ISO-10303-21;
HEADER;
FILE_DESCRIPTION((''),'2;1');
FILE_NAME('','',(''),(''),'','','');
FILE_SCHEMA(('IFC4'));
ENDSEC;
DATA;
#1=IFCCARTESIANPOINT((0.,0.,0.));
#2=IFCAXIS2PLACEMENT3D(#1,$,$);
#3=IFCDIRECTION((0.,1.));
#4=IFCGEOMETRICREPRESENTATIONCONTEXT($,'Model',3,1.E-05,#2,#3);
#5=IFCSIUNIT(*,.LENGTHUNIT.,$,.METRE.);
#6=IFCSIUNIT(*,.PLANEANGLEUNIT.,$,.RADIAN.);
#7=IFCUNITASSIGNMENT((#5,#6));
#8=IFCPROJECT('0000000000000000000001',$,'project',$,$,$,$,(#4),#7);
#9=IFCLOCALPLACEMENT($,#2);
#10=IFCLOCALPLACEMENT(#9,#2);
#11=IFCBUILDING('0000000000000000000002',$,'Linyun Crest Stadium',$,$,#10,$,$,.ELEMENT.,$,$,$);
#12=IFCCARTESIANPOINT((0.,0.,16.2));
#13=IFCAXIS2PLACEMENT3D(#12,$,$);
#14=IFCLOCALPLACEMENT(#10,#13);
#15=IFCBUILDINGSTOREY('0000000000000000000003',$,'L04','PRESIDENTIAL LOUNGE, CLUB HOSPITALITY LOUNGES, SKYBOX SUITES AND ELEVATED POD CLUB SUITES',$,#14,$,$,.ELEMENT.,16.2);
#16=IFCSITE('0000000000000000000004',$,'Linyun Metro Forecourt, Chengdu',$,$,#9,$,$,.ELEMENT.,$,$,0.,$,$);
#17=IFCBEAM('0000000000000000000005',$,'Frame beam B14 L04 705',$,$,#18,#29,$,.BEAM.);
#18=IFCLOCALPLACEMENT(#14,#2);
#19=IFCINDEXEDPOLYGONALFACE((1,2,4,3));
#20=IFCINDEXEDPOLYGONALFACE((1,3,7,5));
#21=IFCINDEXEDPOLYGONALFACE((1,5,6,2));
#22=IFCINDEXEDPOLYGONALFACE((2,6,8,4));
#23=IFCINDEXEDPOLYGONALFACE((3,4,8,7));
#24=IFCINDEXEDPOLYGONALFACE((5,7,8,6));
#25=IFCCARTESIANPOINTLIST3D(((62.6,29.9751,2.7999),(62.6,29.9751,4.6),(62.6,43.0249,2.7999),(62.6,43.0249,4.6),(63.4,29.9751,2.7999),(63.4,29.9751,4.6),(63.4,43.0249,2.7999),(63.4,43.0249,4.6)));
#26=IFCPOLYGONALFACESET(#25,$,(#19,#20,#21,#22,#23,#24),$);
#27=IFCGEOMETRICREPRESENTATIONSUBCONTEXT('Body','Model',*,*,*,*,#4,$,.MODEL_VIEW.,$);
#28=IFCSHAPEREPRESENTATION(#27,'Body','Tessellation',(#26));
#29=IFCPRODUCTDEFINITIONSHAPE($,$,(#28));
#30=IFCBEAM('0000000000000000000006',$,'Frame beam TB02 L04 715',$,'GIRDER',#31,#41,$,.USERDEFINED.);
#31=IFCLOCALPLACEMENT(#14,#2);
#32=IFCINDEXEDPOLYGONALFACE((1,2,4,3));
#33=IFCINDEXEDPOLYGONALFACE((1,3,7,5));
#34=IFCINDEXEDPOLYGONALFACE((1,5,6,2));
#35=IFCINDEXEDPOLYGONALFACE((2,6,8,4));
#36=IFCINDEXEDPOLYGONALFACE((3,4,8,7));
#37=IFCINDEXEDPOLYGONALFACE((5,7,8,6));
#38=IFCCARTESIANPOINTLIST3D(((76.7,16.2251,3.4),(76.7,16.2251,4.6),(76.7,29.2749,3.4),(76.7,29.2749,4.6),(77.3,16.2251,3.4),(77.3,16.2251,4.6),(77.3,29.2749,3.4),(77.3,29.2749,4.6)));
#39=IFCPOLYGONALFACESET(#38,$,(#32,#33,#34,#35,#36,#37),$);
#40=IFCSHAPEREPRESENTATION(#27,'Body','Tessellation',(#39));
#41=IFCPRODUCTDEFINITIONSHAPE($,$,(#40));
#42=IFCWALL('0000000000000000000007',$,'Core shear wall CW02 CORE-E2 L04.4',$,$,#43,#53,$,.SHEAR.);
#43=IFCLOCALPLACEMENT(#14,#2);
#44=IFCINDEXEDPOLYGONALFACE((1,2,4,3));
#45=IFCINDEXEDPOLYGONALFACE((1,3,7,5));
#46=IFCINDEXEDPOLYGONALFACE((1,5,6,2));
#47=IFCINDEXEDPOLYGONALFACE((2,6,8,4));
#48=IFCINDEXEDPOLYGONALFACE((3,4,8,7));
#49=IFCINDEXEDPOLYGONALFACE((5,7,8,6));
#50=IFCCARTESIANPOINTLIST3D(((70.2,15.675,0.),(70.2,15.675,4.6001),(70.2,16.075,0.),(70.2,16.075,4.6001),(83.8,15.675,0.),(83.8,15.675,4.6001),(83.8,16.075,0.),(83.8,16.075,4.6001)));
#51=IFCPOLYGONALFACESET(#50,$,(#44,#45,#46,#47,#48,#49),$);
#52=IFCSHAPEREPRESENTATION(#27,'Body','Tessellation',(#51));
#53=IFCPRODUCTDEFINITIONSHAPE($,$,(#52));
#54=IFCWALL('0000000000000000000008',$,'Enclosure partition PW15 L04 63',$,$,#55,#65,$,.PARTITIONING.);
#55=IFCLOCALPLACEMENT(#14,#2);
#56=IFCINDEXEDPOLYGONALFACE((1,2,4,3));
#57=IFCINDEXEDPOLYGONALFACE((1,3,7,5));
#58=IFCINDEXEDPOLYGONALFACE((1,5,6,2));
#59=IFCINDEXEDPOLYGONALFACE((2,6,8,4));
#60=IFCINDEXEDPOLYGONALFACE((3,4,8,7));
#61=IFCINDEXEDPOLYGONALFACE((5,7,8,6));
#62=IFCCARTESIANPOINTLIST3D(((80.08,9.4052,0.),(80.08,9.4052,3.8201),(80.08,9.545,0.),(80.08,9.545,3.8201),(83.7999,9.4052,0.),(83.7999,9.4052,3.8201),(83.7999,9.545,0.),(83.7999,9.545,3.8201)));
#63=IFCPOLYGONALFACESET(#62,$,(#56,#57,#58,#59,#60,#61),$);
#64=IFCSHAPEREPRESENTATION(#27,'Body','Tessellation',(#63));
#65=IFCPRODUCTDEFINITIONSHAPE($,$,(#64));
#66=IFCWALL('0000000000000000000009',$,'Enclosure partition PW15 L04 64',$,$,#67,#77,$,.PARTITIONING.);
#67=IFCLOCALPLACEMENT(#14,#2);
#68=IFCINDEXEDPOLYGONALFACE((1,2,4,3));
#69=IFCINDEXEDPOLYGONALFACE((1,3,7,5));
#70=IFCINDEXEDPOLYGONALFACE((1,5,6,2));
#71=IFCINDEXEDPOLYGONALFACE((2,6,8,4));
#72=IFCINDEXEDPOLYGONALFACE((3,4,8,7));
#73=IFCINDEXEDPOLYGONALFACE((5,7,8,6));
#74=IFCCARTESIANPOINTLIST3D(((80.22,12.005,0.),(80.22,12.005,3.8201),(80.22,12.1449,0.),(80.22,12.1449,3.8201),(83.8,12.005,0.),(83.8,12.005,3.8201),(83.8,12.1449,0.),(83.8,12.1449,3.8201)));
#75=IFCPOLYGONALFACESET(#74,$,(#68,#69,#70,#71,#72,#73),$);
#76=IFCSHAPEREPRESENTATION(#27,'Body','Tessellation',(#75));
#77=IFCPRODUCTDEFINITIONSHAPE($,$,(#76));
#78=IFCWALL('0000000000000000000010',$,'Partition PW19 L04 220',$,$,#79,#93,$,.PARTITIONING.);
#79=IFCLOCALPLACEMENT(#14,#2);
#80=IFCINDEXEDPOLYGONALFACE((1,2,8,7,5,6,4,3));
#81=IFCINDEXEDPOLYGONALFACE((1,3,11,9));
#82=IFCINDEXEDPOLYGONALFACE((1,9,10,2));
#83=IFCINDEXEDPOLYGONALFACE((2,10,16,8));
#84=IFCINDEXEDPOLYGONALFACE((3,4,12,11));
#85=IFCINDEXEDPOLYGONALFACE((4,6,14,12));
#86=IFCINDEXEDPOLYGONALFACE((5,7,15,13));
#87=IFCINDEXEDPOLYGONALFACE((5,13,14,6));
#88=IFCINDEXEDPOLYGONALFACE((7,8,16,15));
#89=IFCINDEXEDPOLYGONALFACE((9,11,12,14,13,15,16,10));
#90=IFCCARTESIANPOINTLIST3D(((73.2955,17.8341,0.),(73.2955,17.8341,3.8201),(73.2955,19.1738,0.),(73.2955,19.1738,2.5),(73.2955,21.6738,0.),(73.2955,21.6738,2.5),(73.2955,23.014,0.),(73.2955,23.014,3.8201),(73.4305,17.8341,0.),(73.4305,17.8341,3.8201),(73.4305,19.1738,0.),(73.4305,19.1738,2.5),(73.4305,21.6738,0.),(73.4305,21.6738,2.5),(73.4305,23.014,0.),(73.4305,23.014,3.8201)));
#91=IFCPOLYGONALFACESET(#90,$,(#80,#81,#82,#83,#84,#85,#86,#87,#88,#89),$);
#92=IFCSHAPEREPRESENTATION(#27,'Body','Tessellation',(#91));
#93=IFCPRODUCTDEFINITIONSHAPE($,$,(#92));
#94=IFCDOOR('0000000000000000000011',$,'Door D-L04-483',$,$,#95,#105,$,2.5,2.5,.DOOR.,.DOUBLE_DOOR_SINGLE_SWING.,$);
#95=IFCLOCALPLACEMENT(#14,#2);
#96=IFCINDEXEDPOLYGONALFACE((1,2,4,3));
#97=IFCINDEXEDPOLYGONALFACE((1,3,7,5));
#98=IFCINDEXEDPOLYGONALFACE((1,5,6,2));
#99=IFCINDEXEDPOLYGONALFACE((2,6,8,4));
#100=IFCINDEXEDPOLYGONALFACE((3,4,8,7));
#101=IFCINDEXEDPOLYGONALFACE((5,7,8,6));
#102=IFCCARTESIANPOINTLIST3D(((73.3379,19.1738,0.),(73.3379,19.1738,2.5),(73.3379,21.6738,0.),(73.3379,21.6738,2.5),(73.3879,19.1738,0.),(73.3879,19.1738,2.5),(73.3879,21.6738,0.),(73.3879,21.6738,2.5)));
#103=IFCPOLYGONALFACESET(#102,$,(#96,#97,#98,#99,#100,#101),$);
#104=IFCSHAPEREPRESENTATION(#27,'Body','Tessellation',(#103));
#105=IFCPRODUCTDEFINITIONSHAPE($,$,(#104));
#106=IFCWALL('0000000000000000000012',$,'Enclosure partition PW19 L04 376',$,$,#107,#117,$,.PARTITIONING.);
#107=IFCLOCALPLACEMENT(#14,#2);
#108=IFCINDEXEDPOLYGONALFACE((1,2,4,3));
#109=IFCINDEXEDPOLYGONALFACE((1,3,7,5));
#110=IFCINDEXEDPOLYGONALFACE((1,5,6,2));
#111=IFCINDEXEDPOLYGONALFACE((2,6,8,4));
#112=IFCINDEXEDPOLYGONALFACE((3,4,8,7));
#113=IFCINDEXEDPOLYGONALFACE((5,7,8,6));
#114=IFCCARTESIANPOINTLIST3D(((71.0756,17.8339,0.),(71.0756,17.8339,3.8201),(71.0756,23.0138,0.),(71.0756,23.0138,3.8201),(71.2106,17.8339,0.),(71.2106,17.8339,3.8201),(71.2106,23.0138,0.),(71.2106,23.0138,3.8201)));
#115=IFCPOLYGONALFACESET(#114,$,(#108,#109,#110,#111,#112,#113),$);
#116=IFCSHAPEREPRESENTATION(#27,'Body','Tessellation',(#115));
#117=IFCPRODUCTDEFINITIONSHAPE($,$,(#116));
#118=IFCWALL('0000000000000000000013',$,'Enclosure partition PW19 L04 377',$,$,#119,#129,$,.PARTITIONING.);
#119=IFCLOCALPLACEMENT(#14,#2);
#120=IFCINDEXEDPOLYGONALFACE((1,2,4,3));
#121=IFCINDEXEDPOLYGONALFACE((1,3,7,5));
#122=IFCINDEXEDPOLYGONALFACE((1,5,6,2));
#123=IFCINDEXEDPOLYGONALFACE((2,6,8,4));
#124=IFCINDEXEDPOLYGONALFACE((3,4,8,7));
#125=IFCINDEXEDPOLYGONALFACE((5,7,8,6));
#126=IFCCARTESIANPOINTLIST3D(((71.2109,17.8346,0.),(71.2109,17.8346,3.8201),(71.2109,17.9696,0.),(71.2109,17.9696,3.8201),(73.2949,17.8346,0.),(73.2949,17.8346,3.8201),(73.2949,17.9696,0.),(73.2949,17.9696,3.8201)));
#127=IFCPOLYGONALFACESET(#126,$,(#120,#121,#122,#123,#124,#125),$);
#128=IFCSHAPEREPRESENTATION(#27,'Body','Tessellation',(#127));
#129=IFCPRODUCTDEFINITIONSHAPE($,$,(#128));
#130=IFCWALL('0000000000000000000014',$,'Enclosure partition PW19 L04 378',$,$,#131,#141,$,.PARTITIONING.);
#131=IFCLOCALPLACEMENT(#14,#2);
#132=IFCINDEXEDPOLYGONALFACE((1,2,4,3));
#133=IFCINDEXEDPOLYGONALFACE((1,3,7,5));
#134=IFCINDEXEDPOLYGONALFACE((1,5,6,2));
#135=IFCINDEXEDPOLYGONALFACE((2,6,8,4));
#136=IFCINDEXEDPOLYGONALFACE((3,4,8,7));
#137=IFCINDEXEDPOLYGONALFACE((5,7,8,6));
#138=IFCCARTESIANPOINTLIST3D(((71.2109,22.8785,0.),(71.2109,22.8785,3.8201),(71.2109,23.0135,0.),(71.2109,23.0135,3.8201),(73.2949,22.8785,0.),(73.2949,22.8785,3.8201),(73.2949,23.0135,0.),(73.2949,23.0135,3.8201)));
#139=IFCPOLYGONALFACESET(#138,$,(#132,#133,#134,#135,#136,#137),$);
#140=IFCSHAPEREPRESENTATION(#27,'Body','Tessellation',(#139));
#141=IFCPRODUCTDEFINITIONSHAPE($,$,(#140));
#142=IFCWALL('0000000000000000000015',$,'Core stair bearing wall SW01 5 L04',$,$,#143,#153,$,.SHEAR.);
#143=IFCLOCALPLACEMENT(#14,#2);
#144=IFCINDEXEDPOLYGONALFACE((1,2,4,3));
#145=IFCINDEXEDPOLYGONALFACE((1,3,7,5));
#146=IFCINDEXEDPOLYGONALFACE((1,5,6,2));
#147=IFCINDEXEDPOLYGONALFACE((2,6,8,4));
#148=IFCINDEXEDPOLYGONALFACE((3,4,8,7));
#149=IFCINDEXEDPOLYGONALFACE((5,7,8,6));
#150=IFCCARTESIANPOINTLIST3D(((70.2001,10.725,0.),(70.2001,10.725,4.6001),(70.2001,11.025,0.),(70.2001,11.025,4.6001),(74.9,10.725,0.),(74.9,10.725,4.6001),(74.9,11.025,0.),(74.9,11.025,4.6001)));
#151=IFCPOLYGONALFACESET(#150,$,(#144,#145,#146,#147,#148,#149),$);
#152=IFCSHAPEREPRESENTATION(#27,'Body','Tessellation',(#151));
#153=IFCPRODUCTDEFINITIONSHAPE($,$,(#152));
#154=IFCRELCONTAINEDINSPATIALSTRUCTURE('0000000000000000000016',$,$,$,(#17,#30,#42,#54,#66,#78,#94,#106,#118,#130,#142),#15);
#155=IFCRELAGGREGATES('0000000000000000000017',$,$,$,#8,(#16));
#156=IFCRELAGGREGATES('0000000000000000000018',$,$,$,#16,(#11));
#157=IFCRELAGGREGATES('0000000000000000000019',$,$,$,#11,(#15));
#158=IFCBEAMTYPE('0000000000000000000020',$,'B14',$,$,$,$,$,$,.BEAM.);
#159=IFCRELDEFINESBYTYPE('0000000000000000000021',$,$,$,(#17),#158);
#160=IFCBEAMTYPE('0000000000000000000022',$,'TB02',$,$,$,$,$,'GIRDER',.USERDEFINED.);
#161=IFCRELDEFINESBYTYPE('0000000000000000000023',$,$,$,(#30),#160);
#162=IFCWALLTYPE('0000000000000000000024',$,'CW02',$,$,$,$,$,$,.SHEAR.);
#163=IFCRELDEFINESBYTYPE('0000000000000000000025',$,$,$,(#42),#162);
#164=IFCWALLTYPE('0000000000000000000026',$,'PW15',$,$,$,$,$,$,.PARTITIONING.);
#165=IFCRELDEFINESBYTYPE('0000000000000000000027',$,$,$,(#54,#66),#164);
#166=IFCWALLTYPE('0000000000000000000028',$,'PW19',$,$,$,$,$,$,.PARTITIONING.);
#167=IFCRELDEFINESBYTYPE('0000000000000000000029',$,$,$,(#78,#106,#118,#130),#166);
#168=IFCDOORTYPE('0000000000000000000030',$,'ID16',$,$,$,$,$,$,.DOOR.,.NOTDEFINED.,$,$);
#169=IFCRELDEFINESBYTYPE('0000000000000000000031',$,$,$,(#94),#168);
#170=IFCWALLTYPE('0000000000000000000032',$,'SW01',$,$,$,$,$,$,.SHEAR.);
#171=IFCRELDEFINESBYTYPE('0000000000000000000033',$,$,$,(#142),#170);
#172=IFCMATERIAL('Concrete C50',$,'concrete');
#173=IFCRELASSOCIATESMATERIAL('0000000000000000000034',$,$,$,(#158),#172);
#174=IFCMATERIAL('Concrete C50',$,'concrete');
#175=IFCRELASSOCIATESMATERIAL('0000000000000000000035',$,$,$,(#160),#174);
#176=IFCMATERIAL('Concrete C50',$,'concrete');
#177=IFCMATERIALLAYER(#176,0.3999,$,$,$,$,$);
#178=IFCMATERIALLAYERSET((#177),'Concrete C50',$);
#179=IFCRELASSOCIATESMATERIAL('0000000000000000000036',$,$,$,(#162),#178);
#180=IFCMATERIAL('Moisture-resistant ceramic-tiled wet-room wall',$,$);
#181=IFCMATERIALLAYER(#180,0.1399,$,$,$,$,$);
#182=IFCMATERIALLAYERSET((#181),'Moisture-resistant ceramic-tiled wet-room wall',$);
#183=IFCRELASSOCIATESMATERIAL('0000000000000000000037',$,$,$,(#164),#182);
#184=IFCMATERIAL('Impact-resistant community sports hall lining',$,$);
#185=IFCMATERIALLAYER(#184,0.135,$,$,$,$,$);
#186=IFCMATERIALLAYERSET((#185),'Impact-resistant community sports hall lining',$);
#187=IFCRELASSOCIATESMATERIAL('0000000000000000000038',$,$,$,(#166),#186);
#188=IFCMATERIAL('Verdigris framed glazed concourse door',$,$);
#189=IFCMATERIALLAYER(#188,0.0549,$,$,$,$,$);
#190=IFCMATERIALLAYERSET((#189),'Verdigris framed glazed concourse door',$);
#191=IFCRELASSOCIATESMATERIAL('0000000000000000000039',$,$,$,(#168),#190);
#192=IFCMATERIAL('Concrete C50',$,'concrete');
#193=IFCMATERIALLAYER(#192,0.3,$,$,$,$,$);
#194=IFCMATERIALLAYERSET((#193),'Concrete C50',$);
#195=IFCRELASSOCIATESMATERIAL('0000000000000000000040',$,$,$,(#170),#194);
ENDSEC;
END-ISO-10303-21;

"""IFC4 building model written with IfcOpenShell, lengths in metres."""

from ifc_helpers import new_model, si_unit, direction, frame, frame_2d, origin, origin_2d, place, context, subcontext, project, spatial, rectangle, extrude, material, layer, layer_set, material_profile, profile_set, type_object, element, fill, save


model = new_model("IFC4")

# Units and contexts
model_context = context("Model", 3, precision=1e-05, world=origin(), true_north=direction((0.0, 1.0)))
body_context = subcontext(model_context, "Body", "Model", "MODEL_VIEW")
ifc_project = project(units=[si_unit("LENGTHUNIT", "METRE"), si_unit("PLANEANGLEUNIT", "RADIAN")], contexts=[model_context])

# Site, building, storey
site_placement = place(None, origin())
site = spatial("IfcSite", under=ifc_project, at=site_placement, Name="Linyun Metro Forecourt, Chengdu", CompositionType="ELEMENT", RefElevation=0.0)
building_placement = place(site_placement, origin())
building = spatial("IfcBuilding", under=site, at=building_placement, Name="Linyun Crest Stadium", CompositionType="ELEMENT")
storey_placement = place(building_placement, frame((0.0, 0.0, 16.2)))
storey = spatial("IfcBuildingStorey", under=building, at=storey_placement, Name="L04", Description="PRESIDENTIAL LOUNGE, CLUB HOSPITALITY LOUNGES, SKYBOX SUITES AND ELEVATED POD CLUB SUITES", CompositionType="ELEMENT", Elevation=16.2)

# Beams
ifc_material_1 = material(Name="Concrete C50", Category="concrete")
ifc_material_profile_1 = material_profile(ifc_material_1, rectangle(XDim=0.8, YDim=1.8, at=origin_2d()), Name="RCB 1800x800")
ifc_profile_set_1 = profile_set([ifc_material_profile_1], Name="Concrete C50")
beam_type_1 = type_object("IfcBeamType", Name="B14", PredefinedType="BEAM", material=ifc_profile_set_1)
beam_1_placement = place(storey_placement, frame((63.0, 29.9751, 3.7), z_axis=(0.0, 1.0, 0.0), x_axis=(-1.0, 0.0, 0.0)))
element("IfcBeam", 1, at=beam_1_placement, inside=storey, type_object=beam_type_1, Name="Frame beam B14 L04 705", PredefinedType="BEAM", context=body_context, shape_type="SweptSolid", body=[
    extrude(rectangle(XDim=0.8, YDim=1.8, at=origin_2d()), origin(), (0.0, 0.0, 1.0), 13.0498),
])
ifc_material_2 = material(Name="Concrete C50", Category="concrete")
ifc_material_profile_2 = material_profile(ifc_material_2, rectangle(XDim=0.6001, YDim=1.2, at=origin_2d()), Name="RCB 1200x600")
ifc_profile_set_2 = profile_set([ifc_material_profile_2], Name="Concrete C50")
beam_type_2 = type_object("IfcBeamType", Name="TB02", ElementType="GIRDER", PredefinedType="USERDEFINED", material=ifc_profile_set_2)
beam_2_placement = place(storey_placement, frame((77.0, 16.2251, 4.0), z_axis=(0.0, 1.0, 0.0), x_axis=(-1.0, 0.0, 0.0)))
element("IfcBeam", 2, at=beam_2_placement, inside=storey, type_object=beam_type_2, Name="Frame beam TB02 L04 715", ObjectType="GIRDER", PredefinedType="USERDEFINED", context=body_context, shape_type="SweptSolid", body=[
    extrude(rectangle(XDim=0.6001, YDim=1.2, at=origin_2d()), origin(), (0.0, 0.0, 1.0), 13.0498),
])

# Wall
ifc_material_3 = material(Name="Concrete C50", Category="concrete")
ifc_layer_1 = layer(ifc_material_3, 0.3999)
ifc_layer_set_1 = layer_set([ifc_layer_1], Name="Concrete C50")
wall_type_1 = type_object("IfcWallType", Name="CW02", PredefinedType="SHEAR", material=ifc_layer_set_1)
wall_1_placement = place(storey_placement, frame((70.2, 15.875, 0.0), z_axis=(0.0, 0.0, 1.0), x_axis=(1.0, 0.0, 0.0)))
element("IfcWall", 3, at=wall_1_placement, inside=storey, type_object=wall_type_1, Name="Core shear wall CW02 CORE-E2 L04.4", PredefinedType="SHEAR", context=body_context, shape_type="SweptSolid", body=[
    extrude(rectangle(XDim=13.6001, YDim=0.3999, at=frame_2d((6.8, 0.0))), origin(), (0.0, 0.0, 1.0), 4.6001),
])

# Shared definitions
ifc_material_4 = material(Name="Moisture-resistant ceramic-tiled wet-room wall")
ifc_layer_2 = layer(ifc_material_4, 0.1399)
ifc_layer_set_2 = layer_set([ifc_layer_2], Name="Moisture-resistant ceramic-tiled wet-room wall")
wall_type_2 = type_object("IfcWallType", Name="PW15", PredefinedType="PARTITIONING", material=ifc_layer_set_2)

# Walls
wall_2_placement = place(storey_placement, frame((80.0801, 9.4751, 0.0), z_axis=(0.0, 0.0, 1.0), x_axis=(1.0, 0.0, 0.0)))
element("IfcWall", 4, at=wall_2_placement, inside=storey, type_object=wall_type_2, Name="Enclosure partition PW15 L04 63", PredefinedType="PARTITIONING", context=body_context, shape_type="SweptSolid", body=[
    extrude(rectangle(XDim=3.72, YDim=0.1399, at=frame_2d((1.8599, 0.0))), origin(), (0.0, 0.0, 1.0), 3.8201),
])
wall_3_placement = place(storey_placement, frame((80.22, 12.075, 0.0), z_axis=(0.0, 0.0, 1.0), x_axis=(1.0, 0.0, 0.0)))
element("IfcWall", 5, at=wall_3_placement, inside=storey, type_object=wall_type_2, Name="Enclosure partition PW15 L04 64", PredefinedType="PARTITIONING", context=body_context, shape_type="SweptSolid", body=[
    extrude(rectangle(XDim=3.5801, YDim=0.1399, at=frame_2d((1.79, 0.0))), origin(), (0.0, 0.0, 1.0), 3.8201),
])

# Wall, opening, door
ifc_material_5 = material(Name="Impact-resistant community sports hall lining")
ifc_layer_3 = layer(ifc_material_5, 0.135)
ifc_layer_set_3 = layer_set([ifc_layer_3], Name="Impact-resistant community sports hall lining")
wall_type_3 = type_object("IfcWallType", Name="PW19", PredefinedType="PARTITIONING", material=ifc_layer_set_3)
wall_4_placement = place(storey_placement, frame((73.363, 23.0139, 0.0), z_axis=(0.0, 0.0, 1.0), x_axis=(0.0, -1.0, 0.0)))
wall_4 = element("IfcWall", 6, at=wall_4_placement, inside=storey, type_object=wall_type_3, Name="Partition PW19 L04 220", PredefinedType="PARTITIONING", context=body_context, shape_type="SweptSolid", body=[
    extrude(rectangle(XDim=5.1799, YDim=0.135, at=frame_2d((2.5898, 0.0))), origin(), (0.0, 0.0, 1.0), 3.8201),
])
opening_1_placement = place(wall_4_placement, frame((1.3401, 0.0, 0.0)))
opening_1 = element("IfcOpeningElement", 7, at=opening_1_placement, cuts=wall_4, PredefinedType="OPENING", context=body_context, shape_type="SweptSolid", body=[
    extrude(rectangle(XDim=2.5, YDim=2.5, at=frame_2d((1.25, 1.25))), frame((0.0, 0.0774, 0.0), z_axis=(0.0, -1.0, 0.0), x_axis=(1.0, 0.0, 0.0)), (0.0, 0.0, 1.0), 0.155),
])
ifc_material_6 = material(Name="Verdigris framed glazed concourse door")
ifc_layer_4 = layer(ifc_material_6, 0.0549)
ifc_layer_set_4 = layer_set([ifc_layer_4], Name="Verdigris framed glazed concourse door")
door_type_1 = type_object("IfcDoorType", Name="ID16", OperationType="NOTDEFINED", PredefinedType="DOOR", material=ifc_layer_set_4)
door_1_placement = place(opening_1_placement, origin())
door_1 = element("IfcDoor", 8, at=door_1_placement, inside=storey, type_object=door_type_1, Name="Door D-L04-483", OperationType="DOUBLE_DOOR_SINGLE_SWING", OverallHeight=2.5, OverallWidth=2.5, PredefinedType="DOOR", context=body_context, shape_type="SweptSolid", body=[
    extrude(rectangle(XDim=2.5, YDim=2.5, at=frame_2d((1.25, 1.25))), frame((0.0, 0.0249, 0.0), z_axis=(0.0, -1.0, 0.0), x_axis=(1.0, 0.0, 0.0)), (0.0, 0.0, 1.0), 0.05),
])
fill(opening_1, door_1)

# Walls
wall_5_placement = place(storey_placement, frame((71.1431, 17.834, 0.0), z_axis=(0.0, 0.0, 1.0), x_axis=(0.0, 1.0, 0.0)))
element("IfcWall", 9, at=wall_5_placement, inside=storey, type_object=wall_type_3, Name="Enclosure partition PW19 L04 376", PredefinedType="PARTITIONING", context=body_context, shape_type="SweptSolid", body=[
    extrude(rectangle(XDim=5.1799, YDim=0.135, at=frame_2d((2.5898, 0.0))), origin(), (0.0, 0.0, 1.0), 3.8201),
])
for number, where, z_axis, x_axis, name in (
    (10, (71.2109, 17.9021, 0.0), (0.0, 0.0, 1.0), (1.0, 0.0, 0.0), "Enclosure partition PW19 L04 377"),
    (11, (71.2109, 22.946, 0.0), (0.0, 0.0, 1.0), (1.0, 0.0, 0.0), "Enclosure partition PW19 L04 378"),
):
    element("IfcWall", number, at=place(storey_placement, frame(where, z_axis=z_axis, x_axis=x_axis)), inside=storey, type_object=wall_type_3, Name=name, PredefinedType="PARTITIONING", context=body_context, shape_type="SweptSolid", body=[
        extrude(rectangle(XDim=2.084, YDim=0.135, at=frame_2d((1.042, 0.0))), origin(), (0.0, 0.0, 1.0), 3.8201),
    ])
ifc_material_7 = material(Name="Concrete C50", Category="concrete")
ifc_layer_5 = layer(ifc_material_7, 0.3)
ifc_layer_set_5 = layer_set([ifc_layer_5], Name="Concrete C50")
wall_type_4 = type_object("IfcWallType", Name="SW01", PredefinedType="SHEAR", material=ifc_layer_set_5)
wall_6_placement = place(storey_placement, frame((70.2, 10.875, 0.0), z_axis=(0.0, 0.0, 1.0), x_axis=(1.0, 0.0, 0.0)))
element("IfcWall", 12, at=wall_6_placement, inside=storey, type_object=wall_type_4, Name="Core stair bearing wall SW01 5 L04", PredefinedType="SHEAR", context=body_context, shape_type="SweptSolid", body=[
    extrude(rectangle(XDim=4.7, YDim=0.3, at=frame_2d((2.3501, 0.0))), origin(), (0.0, 0.0, 1.0), 4.6001),
])

save(model, "model.ifc")
